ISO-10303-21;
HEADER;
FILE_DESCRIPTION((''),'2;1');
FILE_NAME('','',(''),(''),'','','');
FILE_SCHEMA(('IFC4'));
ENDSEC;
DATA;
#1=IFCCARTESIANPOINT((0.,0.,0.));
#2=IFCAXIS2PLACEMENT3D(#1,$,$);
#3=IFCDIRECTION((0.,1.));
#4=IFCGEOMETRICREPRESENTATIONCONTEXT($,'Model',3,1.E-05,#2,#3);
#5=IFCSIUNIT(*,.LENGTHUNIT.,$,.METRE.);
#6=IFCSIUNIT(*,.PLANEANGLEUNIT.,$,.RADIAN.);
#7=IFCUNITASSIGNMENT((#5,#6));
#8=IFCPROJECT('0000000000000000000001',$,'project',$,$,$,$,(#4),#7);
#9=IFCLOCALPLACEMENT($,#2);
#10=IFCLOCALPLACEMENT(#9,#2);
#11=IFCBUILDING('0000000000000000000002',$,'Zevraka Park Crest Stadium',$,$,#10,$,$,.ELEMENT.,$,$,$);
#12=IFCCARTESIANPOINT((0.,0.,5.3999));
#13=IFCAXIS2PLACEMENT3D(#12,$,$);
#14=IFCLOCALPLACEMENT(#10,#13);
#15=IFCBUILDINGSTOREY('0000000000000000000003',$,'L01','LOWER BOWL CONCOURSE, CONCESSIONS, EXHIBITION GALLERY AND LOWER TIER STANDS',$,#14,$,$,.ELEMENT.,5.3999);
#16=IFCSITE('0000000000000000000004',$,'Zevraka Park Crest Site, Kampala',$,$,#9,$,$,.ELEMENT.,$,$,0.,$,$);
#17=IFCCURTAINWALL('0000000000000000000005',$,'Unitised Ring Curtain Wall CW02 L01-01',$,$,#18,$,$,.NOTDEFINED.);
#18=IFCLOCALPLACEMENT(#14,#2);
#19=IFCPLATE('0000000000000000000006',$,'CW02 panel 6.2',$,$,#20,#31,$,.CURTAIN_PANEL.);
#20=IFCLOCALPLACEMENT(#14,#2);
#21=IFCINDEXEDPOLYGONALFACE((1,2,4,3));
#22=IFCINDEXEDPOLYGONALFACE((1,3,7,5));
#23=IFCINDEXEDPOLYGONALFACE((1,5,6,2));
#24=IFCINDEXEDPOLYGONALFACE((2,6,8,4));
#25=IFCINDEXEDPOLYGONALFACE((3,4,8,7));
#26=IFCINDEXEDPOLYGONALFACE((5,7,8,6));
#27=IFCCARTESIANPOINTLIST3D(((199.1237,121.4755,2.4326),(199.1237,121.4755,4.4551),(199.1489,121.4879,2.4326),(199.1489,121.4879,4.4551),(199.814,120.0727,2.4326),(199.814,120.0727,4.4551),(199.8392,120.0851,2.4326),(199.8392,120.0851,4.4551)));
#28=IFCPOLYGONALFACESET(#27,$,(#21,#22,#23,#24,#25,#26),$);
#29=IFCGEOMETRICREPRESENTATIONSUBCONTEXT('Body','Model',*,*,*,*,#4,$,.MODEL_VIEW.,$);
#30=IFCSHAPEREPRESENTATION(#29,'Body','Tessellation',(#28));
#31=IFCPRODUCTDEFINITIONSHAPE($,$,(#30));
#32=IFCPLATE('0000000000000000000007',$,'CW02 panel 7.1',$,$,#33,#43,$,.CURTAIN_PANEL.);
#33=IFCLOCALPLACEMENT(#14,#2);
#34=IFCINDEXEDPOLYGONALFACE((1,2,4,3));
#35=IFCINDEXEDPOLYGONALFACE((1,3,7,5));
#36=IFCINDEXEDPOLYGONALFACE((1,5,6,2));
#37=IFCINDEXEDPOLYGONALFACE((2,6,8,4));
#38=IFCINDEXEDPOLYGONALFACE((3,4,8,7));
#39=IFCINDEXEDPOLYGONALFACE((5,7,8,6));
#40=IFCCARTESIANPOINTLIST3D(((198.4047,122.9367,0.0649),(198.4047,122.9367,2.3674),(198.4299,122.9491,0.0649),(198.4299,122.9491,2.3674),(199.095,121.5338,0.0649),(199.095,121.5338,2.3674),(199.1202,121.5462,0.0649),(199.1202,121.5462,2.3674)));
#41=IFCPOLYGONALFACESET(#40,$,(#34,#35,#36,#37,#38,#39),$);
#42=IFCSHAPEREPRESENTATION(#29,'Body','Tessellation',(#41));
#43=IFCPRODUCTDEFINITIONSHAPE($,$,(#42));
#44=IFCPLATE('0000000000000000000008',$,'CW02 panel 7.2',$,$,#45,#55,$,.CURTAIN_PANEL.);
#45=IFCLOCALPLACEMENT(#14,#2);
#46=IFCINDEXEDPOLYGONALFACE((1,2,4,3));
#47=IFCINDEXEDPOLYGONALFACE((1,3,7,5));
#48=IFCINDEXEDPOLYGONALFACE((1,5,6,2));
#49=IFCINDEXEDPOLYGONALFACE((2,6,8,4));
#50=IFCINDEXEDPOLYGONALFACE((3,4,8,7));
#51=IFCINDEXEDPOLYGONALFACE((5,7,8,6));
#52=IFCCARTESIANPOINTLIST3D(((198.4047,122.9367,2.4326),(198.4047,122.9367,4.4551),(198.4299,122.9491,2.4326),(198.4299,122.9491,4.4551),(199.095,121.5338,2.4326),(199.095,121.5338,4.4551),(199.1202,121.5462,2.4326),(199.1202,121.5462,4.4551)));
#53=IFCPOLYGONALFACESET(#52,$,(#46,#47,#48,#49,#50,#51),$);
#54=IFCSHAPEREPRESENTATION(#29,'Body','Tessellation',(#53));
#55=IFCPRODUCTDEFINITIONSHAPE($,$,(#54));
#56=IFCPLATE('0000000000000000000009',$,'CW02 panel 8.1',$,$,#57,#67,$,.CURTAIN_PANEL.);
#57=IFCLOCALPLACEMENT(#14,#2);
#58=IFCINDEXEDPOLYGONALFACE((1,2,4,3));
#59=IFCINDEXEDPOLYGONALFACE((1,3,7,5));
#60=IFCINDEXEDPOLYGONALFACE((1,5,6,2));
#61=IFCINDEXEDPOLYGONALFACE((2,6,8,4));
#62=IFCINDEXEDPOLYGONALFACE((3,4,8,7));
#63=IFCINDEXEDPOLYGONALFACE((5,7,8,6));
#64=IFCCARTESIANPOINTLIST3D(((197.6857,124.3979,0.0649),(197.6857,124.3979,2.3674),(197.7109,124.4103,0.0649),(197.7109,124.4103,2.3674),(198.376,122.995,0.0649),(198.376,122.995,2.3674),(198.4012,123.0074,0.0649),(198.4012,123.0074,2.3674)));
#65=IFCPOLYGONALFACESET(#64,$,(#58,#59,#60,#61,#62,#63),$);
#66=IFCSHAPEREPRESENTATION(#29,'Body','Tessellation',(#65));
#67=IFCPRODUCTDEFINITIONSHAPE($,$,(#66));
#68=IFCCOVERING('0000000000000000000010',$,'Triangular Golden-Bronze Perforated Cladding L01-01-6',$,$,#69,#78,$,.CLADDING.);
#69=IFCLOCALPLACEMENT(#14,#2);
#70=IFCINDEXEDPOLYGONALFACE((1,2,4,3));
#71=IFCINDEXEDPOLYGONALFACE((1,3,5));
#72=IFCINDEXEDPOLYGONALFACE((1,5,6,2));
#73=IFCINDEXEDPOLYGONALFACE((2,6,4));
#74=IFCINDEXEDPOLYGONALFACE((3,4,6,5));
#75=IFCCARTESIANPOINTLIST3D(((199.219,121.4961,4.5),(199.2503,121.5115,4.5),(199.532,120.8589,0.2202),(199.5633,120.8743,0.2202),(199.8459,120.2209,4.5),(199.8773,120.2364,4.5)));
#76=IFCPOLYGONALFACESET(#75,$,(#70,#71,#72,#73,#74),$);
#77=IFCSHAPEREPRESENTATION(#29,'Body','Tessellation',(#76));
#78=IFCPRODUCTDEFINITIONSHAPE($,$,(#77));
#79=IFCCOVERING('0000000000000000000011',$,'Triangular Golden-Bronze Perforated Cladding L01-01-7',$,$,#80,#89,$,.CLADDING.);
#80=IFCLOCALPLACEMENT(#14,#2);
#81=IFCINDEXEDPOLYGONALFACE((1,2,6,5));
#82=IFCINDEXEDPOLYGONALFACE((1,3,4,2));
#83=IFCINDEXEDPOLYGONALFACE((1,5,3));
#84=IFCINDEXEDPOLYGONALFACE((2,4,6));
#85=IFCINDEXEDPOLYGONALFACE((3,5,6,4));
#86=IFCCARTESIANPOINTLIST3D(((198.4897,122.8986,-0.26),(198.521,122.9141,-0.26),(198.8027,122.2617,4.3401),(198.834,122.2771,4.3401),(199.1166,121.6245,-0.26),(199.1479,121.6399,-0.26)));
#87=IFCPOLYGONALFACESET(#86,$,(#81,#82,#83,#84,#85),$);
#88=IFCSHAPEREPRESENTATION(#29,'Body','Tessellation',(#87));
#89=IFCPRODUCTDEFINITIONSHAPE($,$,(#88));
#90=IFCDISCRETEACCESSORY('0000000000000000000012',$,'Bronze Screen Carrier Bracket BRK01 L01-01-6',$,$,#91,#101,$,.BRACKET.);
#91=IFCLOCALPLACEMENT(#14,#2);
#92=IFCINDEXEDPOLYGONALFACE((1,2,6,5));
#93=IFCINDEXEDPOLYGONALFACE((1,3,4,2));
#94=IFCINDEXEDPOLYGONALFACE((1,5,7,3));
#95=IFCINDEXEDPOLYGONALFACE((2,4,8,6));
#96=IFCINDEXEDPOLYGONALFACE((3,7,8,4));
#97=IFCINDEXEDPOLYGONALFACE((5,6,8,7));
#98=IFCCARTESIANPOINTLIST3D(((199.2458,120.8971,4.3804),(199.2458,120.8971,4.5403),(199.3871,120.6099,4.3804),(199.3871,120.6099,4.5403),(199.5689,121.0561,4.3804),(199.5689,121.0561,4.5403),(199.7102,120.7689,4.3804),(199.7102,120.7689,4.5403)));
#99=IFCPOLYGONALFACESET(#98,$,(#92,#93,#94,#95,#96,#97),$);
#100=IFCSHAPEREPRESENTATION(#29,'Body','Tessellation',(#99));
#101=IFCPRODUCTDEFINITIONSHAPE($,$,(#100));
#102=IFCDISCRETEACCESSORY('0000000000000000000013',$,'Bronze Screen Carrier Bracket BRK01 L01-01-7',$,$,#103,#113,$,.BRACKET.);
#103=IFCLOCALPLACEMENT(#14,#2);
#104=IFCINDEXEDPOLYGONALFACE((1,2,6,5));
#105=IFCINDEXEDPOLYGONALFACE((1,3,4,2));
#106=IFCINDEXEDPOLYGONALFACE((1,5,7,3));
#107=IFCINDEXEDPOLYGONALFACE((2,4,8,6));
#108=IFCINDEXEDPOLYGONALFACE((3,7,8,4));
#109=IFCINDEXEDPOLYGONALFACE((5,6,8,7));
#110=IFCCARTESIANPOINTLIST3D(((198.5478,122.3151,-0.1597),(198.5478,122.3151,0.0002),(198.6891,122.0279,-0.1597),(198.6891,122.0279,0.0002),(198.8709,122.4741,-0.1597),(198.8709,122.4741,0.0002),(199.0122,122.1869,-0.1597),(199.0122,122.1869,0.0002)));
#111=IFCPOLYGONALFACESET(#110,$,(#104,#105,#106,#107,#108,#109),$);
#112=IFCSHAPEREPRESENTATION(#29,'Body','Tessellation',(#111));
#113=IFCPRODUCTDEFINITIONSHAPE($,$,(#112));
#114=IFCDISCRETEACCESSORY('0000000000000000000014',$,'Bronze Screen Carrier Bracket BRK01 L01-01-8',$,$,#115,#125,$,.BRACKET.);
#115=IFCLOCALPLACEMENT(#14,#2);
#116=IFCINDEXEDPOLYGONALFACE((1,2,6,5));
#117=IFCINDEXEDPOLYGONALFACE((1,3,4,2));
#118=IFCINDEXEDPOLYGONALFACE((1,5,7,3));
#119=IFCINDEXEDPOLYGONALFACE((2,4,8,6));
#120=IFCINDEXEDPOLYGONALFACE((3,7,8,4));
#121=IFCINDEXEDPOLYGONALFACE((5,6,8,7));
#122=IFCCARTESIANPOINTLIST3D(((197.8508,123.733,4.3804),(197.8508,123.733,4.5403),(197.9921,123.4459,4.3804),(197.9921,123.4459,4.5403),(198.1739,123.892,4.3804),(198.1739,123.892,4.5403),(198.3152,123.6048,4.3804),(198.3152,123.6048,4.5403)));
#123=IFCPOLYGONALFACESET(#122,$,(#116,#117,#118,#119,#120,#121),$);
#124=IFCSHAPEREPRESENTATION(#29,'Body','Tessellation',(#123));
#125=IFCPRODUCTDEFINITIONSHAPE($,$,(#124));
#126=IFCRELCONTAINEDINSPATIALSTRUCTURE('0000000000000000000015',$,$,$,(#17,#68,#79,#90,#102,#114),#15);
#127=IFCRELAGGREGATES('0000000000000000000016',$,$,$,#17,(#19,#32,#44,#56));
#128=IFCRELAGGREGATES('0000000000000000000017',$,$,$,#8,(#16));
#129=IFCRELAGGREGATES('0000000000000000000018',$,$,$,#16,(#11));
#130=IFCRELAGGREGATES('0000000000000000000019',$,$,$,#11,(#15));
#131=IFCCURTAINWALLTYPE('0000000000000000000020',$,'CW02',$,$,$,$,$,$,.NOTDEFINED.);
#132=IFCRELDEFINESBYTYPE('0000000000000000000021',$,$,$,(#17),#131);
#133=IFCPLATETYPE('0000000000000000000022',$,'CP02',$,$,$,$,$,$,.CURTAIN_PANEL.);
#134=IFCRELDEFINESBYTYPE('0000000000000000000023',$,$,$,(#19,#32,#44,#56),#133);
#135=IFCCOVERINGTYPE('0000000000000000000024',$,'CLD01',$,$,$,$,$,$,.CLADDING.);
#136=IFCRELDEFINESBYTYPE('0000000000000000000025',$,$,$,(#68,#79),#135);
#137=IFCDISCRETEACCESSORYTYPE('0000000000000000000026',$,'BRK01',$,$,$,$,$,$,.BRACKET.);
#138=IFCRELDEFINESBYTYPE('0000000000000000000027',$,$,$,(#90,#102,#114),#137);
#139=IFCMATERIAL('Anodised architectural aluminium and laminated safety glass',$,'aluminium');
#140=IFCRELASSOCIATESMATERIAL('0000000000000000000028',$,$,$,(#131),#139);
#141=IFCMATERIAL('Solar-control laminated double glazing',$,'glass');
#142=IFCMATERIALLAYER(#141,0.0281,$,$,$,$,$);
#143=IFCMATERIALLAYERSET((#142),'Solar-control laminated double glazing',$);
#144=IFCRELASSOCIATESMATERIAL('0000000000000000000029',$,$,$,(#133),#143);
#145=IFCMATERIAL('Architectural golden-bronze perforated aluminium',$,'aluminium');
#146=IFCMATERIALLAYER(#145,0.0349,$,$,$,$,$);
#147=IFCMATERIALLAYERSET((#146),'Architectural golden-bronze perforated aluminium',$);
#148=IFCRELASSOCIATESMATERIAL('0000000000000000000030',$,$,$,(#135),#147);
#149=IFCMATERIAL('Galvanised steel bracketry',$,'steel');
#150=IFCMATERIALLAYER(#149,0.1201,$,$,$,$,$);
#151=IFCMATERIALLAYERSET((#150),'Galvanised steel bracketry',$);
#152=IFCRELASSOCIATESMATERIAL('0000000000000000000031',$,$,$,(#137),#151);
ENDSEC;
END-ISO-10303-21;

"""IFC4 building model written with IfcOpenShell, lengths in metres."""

from ifc_helpers import new_model, si_unit, direction, frame, origin, origin_2d, place, context, subcontext, project, spatial, polyline, rectangle, outline, extrude, material, layer, layer_set, type_object, element, aggregate, save


model = new_model("IFC4")

# Units and contexts
model_context = context("Model", 3, precision=1e-05, world=origin(), true_north=direction((0.0, 1.0)))
body_context = subcontext(model_context, "Body", "Model", "MODEL_VIEW")
ifc_project = project(units=[si_unit("LENGTHUNIT", "METRE"), si_unit("PLANEANGLEUNIT", "RADIAN")], contexts=[model_context])

# Site, building, storey
site_placement = place(None, origin())
site = spatial("IfcSite", under=ifc_project, at=site_placement, Name="Zevraka Park Crest Site, Kampala", CompositionType="ELEMENT", RefElevation=0.0)
building_placement = place(site_placement, origin())
building = spatial("IfcBuilding", under=site, at=building_placement, Name="Zevraka Park Crest Stadium", CompositionType="ELEMENT")
storey_placement = place(building_placement, frame((0.0, 0.0, 5.3999)))
storey = spatial("IfcBuildingStorey", under=building, at=storey_placement, Name="L01", Description="LOWER BOWL CONCOURSE, CONCESSIONS, EXHIBITION GALLERY AND LOWER TIER STANDS", CompositionType="ELEMENT", Elevation=5.3999)

# Curtain wall
ifc_material_1 = material(Name="Anodised architectural aluminium and laminated safety glass", Category="aluminium")
curtain_wall_type = type_object("IfcCurtainWallType", Name="CW02", PredefinedType="NOTDEFINED", material=ifc_material_1)
curtain_wall_placement = place(storey_placement, origin())
curtain_wall = element("IfcCurtainWall", 1, at=curtain_wall_placement, inside=storey, type_object=curtain_wall_type, Name="Unitised Ring Curtain Wall CW02 L01-01", PredefinedType="NOTDEFINED")

# Plates
ifc_material_2 = material(Name="Solar-control laminated double glazing", Category="glass")
ifc_layer_1 = layer(ifc_material_2, 0.0281)
ifc_layer_set_1 = layer_set([ifc_layer_1], Name="Solar-control laminated double glazing")
plate_type = type_object("IfcPlateType", Name="CP02", PredefinedType="CURTAIN_PANEL", material=ifc_layer_set_1)
plate_1_placement = place(storey_placement, frame((199.4814, 120.7803, 2.4326), z_axis=(0.0, 0.0, 1.0), x_axis=(-0.441517, 0.897253, 0.0)))
plate_1 = element("IfcPlate", 2, at=plate_1_placement, type_object=plate_type, Name="CW02 panel 6.2", PredefinedType="CURTAIN_PANEL", context=body_context, shape_type="SweptSolid", body=[
    extrude(rectangle(XDim=1.5635, YDim=0.0281, at=origin_2d()), origin(), (0.0, 0.0, 1.0), 2.0225),
])
plate_2_placement = place(storey_placement, frame((198.7625, 122.2415, 0.0649), z_axis=(0.0, 0.0, 1.0), x_axis=(-0.441517, 0.897253, 0.0)))
plate_2 = element("IfcPlate", 3, at=plate_2_placement, type_object=plate_type, Name="CW02 panel 7.1", PredefinedType="CURTAIN_PANEL", context=body_context, shape_type="SweptSolid", body=[
    extrude(rectangle(XDim=1.5635, YDim=0.0281, at=origin_2d()), origin(), (0.0, 0.0, 1.0), 2.3025),
])
plate_3_placement = place(storey_placement, frame((198.7625, 122.2415, 2.4326), z_axis=(0.0, 0.0, 1.0), x_axis=(-0.441517, 0.897253, 0.0)))
plate_3 = element("IfcPlate", 4, at=plate_3_placement, type_object=plate_type, Name="CW02 panel 7.2", PredefinedType="CURTAIN_PANEL", context=body_context, shape_type="SweptSolid", body=[
    extrude(rectangle(XDim=1.5635, YDim=0.0281, at=origin_2d()), origin(), (0.0, 0.0, 1.0), 2.0225),
])
plate_4_placement = place(storey_placement, frame((198.0435, 123.7026, 0.0649), z_axis=(0.0, 0.0, 1.0), x_axis=(-0.441517, 0.897253, 0.0)))
plate_4 = element("IfcPlate", 5, at=plate_4_placement, type_object=plate_type, Name="CW02 panel 8.1", PredefinedType="CURTAIN_PANEL", context=body_context, shape_type="SweptSolid", body=[
    extrude(rectangle(XDim=1.5635, YDim=0.0281, at=origin_2d()), origin(), (0.0, 0.0, 1.0), 2.3025),
])
aggregate(curtain_wall, [plate_1, plate_2, plate_3, plate_4])

# Coverings
ifc_material_3 = material(Name="Architectural golden-bronze perforated aluminium", Category="aluminium")
ifc_layer_2 = layer(ifc_material_3, 0.0349)
ifc_layer_set_2 = layer_set([ifc_layer_2], Name="Architectural golden-bronze perforated aluminium")
covering_type = type_object("IfcCoveringType", Name="CLD01", PredefinedType="CLADDING", material=ifc_layer_set_2)
covering_1_placement = place(storey_placement, frame((199.219, 121.4961, 4.5), z_axis=(-0.897397, -0.441224, 0.000065), x_axis=(0.441224, -0.897397, 0.0)))
element("IfcCovering", 6, at=covering_1_placement, inside=storey, type_object=covering_type, Name="Triangular Golden-Bronze Perforated Cladding L01-01-6", PredefinedType="CLADDING", context=body_context, shape_type="SweptSolid", body=[
    extrude(outline(polyline([(0.0, 0.0), (1.4209, 0.0), (0.7099, -4.2798), (0.0, 0.0)])), origin(), (0.0, 0.0, -1.0), 0.0349),
])
covering_2_placement = place(storey_placement, frame((199.1479, 121.6399, -0.26), z_axis=(0.897263, 0.441497, 0.000084), x_axis=(-0.441497, 0.897263, 0.0)))
element("IfcCovering", 7, at=covering_2_placement, inside=storey, type_object=covering_type, Name="Triangular Golden-Bronze Perforated Cladding L01-01-7", PredefinedType="CLADDING", context=body_context, shape_type="SweptSolid", body=[
    extrude(outline(polyline([(0.0, 0.0), (1.4201, 0.0), (0.7104, 4.6001), (0.0, 0.0)])), origin(), (0.0, 0.0, -1.0), 0.0349),
])

# Discrete accessories
ifc_material_4 = material(Name="Galvanised steel bracketry", Category="steel")
ifc_layer_3 = layer(ifc_material_4, 0.1201)
ifc_layer_set_3 = layer_set([ifc_layer_3], Name="Galvanised steel bracketry")
discrete_accessory_type = type_object("IfcDiscreteAccessoryType", Name="BRK01", PredefinedType="BRACKET", material=ifc_layer_set_3)
for number, where, z_axis, x_axis, name in (
    (8, (199.478, 120.833, 4.3804), (0.0, 0.0, 1.0), (-0.441506, 0.897258, 0.0), "Bronze Screen Carrier Bracket BRK01 L01-01-6"),
    (9, (198.78, 122.251, -0.1597), (0.0, 0.0, 1.0), (-0.441506, 0.897258, 0.0), "Bronze Screen Carrier Bracket BRK01 L01-01-7"),
    (10, (198.083, 123.6689, 4.3804), (0.0, 0.0, 1.0), (-0.441506, 0.897258, 0.0), "Bronze Screen Carrier Bracket BRK01 L01-01-8"),
):
    element("IfcDiscreteAccessory", number, at=place(storey_placement, frame(where, z_axis=z_axis, x_axis=x_axis)), inside=storey, type_object=discrete_accessory_type, Name=name, PredefinedType="BRACKET", context=body_context, shape_type="SweptSolid", body=[
        extrude(rectangle(XDim=0.3201, YDim=0.3601, at=origin_2d()), origin(), (0.0, 0.0, 1.0), 0.1599),
    ])

save(model, "model.ifc")
